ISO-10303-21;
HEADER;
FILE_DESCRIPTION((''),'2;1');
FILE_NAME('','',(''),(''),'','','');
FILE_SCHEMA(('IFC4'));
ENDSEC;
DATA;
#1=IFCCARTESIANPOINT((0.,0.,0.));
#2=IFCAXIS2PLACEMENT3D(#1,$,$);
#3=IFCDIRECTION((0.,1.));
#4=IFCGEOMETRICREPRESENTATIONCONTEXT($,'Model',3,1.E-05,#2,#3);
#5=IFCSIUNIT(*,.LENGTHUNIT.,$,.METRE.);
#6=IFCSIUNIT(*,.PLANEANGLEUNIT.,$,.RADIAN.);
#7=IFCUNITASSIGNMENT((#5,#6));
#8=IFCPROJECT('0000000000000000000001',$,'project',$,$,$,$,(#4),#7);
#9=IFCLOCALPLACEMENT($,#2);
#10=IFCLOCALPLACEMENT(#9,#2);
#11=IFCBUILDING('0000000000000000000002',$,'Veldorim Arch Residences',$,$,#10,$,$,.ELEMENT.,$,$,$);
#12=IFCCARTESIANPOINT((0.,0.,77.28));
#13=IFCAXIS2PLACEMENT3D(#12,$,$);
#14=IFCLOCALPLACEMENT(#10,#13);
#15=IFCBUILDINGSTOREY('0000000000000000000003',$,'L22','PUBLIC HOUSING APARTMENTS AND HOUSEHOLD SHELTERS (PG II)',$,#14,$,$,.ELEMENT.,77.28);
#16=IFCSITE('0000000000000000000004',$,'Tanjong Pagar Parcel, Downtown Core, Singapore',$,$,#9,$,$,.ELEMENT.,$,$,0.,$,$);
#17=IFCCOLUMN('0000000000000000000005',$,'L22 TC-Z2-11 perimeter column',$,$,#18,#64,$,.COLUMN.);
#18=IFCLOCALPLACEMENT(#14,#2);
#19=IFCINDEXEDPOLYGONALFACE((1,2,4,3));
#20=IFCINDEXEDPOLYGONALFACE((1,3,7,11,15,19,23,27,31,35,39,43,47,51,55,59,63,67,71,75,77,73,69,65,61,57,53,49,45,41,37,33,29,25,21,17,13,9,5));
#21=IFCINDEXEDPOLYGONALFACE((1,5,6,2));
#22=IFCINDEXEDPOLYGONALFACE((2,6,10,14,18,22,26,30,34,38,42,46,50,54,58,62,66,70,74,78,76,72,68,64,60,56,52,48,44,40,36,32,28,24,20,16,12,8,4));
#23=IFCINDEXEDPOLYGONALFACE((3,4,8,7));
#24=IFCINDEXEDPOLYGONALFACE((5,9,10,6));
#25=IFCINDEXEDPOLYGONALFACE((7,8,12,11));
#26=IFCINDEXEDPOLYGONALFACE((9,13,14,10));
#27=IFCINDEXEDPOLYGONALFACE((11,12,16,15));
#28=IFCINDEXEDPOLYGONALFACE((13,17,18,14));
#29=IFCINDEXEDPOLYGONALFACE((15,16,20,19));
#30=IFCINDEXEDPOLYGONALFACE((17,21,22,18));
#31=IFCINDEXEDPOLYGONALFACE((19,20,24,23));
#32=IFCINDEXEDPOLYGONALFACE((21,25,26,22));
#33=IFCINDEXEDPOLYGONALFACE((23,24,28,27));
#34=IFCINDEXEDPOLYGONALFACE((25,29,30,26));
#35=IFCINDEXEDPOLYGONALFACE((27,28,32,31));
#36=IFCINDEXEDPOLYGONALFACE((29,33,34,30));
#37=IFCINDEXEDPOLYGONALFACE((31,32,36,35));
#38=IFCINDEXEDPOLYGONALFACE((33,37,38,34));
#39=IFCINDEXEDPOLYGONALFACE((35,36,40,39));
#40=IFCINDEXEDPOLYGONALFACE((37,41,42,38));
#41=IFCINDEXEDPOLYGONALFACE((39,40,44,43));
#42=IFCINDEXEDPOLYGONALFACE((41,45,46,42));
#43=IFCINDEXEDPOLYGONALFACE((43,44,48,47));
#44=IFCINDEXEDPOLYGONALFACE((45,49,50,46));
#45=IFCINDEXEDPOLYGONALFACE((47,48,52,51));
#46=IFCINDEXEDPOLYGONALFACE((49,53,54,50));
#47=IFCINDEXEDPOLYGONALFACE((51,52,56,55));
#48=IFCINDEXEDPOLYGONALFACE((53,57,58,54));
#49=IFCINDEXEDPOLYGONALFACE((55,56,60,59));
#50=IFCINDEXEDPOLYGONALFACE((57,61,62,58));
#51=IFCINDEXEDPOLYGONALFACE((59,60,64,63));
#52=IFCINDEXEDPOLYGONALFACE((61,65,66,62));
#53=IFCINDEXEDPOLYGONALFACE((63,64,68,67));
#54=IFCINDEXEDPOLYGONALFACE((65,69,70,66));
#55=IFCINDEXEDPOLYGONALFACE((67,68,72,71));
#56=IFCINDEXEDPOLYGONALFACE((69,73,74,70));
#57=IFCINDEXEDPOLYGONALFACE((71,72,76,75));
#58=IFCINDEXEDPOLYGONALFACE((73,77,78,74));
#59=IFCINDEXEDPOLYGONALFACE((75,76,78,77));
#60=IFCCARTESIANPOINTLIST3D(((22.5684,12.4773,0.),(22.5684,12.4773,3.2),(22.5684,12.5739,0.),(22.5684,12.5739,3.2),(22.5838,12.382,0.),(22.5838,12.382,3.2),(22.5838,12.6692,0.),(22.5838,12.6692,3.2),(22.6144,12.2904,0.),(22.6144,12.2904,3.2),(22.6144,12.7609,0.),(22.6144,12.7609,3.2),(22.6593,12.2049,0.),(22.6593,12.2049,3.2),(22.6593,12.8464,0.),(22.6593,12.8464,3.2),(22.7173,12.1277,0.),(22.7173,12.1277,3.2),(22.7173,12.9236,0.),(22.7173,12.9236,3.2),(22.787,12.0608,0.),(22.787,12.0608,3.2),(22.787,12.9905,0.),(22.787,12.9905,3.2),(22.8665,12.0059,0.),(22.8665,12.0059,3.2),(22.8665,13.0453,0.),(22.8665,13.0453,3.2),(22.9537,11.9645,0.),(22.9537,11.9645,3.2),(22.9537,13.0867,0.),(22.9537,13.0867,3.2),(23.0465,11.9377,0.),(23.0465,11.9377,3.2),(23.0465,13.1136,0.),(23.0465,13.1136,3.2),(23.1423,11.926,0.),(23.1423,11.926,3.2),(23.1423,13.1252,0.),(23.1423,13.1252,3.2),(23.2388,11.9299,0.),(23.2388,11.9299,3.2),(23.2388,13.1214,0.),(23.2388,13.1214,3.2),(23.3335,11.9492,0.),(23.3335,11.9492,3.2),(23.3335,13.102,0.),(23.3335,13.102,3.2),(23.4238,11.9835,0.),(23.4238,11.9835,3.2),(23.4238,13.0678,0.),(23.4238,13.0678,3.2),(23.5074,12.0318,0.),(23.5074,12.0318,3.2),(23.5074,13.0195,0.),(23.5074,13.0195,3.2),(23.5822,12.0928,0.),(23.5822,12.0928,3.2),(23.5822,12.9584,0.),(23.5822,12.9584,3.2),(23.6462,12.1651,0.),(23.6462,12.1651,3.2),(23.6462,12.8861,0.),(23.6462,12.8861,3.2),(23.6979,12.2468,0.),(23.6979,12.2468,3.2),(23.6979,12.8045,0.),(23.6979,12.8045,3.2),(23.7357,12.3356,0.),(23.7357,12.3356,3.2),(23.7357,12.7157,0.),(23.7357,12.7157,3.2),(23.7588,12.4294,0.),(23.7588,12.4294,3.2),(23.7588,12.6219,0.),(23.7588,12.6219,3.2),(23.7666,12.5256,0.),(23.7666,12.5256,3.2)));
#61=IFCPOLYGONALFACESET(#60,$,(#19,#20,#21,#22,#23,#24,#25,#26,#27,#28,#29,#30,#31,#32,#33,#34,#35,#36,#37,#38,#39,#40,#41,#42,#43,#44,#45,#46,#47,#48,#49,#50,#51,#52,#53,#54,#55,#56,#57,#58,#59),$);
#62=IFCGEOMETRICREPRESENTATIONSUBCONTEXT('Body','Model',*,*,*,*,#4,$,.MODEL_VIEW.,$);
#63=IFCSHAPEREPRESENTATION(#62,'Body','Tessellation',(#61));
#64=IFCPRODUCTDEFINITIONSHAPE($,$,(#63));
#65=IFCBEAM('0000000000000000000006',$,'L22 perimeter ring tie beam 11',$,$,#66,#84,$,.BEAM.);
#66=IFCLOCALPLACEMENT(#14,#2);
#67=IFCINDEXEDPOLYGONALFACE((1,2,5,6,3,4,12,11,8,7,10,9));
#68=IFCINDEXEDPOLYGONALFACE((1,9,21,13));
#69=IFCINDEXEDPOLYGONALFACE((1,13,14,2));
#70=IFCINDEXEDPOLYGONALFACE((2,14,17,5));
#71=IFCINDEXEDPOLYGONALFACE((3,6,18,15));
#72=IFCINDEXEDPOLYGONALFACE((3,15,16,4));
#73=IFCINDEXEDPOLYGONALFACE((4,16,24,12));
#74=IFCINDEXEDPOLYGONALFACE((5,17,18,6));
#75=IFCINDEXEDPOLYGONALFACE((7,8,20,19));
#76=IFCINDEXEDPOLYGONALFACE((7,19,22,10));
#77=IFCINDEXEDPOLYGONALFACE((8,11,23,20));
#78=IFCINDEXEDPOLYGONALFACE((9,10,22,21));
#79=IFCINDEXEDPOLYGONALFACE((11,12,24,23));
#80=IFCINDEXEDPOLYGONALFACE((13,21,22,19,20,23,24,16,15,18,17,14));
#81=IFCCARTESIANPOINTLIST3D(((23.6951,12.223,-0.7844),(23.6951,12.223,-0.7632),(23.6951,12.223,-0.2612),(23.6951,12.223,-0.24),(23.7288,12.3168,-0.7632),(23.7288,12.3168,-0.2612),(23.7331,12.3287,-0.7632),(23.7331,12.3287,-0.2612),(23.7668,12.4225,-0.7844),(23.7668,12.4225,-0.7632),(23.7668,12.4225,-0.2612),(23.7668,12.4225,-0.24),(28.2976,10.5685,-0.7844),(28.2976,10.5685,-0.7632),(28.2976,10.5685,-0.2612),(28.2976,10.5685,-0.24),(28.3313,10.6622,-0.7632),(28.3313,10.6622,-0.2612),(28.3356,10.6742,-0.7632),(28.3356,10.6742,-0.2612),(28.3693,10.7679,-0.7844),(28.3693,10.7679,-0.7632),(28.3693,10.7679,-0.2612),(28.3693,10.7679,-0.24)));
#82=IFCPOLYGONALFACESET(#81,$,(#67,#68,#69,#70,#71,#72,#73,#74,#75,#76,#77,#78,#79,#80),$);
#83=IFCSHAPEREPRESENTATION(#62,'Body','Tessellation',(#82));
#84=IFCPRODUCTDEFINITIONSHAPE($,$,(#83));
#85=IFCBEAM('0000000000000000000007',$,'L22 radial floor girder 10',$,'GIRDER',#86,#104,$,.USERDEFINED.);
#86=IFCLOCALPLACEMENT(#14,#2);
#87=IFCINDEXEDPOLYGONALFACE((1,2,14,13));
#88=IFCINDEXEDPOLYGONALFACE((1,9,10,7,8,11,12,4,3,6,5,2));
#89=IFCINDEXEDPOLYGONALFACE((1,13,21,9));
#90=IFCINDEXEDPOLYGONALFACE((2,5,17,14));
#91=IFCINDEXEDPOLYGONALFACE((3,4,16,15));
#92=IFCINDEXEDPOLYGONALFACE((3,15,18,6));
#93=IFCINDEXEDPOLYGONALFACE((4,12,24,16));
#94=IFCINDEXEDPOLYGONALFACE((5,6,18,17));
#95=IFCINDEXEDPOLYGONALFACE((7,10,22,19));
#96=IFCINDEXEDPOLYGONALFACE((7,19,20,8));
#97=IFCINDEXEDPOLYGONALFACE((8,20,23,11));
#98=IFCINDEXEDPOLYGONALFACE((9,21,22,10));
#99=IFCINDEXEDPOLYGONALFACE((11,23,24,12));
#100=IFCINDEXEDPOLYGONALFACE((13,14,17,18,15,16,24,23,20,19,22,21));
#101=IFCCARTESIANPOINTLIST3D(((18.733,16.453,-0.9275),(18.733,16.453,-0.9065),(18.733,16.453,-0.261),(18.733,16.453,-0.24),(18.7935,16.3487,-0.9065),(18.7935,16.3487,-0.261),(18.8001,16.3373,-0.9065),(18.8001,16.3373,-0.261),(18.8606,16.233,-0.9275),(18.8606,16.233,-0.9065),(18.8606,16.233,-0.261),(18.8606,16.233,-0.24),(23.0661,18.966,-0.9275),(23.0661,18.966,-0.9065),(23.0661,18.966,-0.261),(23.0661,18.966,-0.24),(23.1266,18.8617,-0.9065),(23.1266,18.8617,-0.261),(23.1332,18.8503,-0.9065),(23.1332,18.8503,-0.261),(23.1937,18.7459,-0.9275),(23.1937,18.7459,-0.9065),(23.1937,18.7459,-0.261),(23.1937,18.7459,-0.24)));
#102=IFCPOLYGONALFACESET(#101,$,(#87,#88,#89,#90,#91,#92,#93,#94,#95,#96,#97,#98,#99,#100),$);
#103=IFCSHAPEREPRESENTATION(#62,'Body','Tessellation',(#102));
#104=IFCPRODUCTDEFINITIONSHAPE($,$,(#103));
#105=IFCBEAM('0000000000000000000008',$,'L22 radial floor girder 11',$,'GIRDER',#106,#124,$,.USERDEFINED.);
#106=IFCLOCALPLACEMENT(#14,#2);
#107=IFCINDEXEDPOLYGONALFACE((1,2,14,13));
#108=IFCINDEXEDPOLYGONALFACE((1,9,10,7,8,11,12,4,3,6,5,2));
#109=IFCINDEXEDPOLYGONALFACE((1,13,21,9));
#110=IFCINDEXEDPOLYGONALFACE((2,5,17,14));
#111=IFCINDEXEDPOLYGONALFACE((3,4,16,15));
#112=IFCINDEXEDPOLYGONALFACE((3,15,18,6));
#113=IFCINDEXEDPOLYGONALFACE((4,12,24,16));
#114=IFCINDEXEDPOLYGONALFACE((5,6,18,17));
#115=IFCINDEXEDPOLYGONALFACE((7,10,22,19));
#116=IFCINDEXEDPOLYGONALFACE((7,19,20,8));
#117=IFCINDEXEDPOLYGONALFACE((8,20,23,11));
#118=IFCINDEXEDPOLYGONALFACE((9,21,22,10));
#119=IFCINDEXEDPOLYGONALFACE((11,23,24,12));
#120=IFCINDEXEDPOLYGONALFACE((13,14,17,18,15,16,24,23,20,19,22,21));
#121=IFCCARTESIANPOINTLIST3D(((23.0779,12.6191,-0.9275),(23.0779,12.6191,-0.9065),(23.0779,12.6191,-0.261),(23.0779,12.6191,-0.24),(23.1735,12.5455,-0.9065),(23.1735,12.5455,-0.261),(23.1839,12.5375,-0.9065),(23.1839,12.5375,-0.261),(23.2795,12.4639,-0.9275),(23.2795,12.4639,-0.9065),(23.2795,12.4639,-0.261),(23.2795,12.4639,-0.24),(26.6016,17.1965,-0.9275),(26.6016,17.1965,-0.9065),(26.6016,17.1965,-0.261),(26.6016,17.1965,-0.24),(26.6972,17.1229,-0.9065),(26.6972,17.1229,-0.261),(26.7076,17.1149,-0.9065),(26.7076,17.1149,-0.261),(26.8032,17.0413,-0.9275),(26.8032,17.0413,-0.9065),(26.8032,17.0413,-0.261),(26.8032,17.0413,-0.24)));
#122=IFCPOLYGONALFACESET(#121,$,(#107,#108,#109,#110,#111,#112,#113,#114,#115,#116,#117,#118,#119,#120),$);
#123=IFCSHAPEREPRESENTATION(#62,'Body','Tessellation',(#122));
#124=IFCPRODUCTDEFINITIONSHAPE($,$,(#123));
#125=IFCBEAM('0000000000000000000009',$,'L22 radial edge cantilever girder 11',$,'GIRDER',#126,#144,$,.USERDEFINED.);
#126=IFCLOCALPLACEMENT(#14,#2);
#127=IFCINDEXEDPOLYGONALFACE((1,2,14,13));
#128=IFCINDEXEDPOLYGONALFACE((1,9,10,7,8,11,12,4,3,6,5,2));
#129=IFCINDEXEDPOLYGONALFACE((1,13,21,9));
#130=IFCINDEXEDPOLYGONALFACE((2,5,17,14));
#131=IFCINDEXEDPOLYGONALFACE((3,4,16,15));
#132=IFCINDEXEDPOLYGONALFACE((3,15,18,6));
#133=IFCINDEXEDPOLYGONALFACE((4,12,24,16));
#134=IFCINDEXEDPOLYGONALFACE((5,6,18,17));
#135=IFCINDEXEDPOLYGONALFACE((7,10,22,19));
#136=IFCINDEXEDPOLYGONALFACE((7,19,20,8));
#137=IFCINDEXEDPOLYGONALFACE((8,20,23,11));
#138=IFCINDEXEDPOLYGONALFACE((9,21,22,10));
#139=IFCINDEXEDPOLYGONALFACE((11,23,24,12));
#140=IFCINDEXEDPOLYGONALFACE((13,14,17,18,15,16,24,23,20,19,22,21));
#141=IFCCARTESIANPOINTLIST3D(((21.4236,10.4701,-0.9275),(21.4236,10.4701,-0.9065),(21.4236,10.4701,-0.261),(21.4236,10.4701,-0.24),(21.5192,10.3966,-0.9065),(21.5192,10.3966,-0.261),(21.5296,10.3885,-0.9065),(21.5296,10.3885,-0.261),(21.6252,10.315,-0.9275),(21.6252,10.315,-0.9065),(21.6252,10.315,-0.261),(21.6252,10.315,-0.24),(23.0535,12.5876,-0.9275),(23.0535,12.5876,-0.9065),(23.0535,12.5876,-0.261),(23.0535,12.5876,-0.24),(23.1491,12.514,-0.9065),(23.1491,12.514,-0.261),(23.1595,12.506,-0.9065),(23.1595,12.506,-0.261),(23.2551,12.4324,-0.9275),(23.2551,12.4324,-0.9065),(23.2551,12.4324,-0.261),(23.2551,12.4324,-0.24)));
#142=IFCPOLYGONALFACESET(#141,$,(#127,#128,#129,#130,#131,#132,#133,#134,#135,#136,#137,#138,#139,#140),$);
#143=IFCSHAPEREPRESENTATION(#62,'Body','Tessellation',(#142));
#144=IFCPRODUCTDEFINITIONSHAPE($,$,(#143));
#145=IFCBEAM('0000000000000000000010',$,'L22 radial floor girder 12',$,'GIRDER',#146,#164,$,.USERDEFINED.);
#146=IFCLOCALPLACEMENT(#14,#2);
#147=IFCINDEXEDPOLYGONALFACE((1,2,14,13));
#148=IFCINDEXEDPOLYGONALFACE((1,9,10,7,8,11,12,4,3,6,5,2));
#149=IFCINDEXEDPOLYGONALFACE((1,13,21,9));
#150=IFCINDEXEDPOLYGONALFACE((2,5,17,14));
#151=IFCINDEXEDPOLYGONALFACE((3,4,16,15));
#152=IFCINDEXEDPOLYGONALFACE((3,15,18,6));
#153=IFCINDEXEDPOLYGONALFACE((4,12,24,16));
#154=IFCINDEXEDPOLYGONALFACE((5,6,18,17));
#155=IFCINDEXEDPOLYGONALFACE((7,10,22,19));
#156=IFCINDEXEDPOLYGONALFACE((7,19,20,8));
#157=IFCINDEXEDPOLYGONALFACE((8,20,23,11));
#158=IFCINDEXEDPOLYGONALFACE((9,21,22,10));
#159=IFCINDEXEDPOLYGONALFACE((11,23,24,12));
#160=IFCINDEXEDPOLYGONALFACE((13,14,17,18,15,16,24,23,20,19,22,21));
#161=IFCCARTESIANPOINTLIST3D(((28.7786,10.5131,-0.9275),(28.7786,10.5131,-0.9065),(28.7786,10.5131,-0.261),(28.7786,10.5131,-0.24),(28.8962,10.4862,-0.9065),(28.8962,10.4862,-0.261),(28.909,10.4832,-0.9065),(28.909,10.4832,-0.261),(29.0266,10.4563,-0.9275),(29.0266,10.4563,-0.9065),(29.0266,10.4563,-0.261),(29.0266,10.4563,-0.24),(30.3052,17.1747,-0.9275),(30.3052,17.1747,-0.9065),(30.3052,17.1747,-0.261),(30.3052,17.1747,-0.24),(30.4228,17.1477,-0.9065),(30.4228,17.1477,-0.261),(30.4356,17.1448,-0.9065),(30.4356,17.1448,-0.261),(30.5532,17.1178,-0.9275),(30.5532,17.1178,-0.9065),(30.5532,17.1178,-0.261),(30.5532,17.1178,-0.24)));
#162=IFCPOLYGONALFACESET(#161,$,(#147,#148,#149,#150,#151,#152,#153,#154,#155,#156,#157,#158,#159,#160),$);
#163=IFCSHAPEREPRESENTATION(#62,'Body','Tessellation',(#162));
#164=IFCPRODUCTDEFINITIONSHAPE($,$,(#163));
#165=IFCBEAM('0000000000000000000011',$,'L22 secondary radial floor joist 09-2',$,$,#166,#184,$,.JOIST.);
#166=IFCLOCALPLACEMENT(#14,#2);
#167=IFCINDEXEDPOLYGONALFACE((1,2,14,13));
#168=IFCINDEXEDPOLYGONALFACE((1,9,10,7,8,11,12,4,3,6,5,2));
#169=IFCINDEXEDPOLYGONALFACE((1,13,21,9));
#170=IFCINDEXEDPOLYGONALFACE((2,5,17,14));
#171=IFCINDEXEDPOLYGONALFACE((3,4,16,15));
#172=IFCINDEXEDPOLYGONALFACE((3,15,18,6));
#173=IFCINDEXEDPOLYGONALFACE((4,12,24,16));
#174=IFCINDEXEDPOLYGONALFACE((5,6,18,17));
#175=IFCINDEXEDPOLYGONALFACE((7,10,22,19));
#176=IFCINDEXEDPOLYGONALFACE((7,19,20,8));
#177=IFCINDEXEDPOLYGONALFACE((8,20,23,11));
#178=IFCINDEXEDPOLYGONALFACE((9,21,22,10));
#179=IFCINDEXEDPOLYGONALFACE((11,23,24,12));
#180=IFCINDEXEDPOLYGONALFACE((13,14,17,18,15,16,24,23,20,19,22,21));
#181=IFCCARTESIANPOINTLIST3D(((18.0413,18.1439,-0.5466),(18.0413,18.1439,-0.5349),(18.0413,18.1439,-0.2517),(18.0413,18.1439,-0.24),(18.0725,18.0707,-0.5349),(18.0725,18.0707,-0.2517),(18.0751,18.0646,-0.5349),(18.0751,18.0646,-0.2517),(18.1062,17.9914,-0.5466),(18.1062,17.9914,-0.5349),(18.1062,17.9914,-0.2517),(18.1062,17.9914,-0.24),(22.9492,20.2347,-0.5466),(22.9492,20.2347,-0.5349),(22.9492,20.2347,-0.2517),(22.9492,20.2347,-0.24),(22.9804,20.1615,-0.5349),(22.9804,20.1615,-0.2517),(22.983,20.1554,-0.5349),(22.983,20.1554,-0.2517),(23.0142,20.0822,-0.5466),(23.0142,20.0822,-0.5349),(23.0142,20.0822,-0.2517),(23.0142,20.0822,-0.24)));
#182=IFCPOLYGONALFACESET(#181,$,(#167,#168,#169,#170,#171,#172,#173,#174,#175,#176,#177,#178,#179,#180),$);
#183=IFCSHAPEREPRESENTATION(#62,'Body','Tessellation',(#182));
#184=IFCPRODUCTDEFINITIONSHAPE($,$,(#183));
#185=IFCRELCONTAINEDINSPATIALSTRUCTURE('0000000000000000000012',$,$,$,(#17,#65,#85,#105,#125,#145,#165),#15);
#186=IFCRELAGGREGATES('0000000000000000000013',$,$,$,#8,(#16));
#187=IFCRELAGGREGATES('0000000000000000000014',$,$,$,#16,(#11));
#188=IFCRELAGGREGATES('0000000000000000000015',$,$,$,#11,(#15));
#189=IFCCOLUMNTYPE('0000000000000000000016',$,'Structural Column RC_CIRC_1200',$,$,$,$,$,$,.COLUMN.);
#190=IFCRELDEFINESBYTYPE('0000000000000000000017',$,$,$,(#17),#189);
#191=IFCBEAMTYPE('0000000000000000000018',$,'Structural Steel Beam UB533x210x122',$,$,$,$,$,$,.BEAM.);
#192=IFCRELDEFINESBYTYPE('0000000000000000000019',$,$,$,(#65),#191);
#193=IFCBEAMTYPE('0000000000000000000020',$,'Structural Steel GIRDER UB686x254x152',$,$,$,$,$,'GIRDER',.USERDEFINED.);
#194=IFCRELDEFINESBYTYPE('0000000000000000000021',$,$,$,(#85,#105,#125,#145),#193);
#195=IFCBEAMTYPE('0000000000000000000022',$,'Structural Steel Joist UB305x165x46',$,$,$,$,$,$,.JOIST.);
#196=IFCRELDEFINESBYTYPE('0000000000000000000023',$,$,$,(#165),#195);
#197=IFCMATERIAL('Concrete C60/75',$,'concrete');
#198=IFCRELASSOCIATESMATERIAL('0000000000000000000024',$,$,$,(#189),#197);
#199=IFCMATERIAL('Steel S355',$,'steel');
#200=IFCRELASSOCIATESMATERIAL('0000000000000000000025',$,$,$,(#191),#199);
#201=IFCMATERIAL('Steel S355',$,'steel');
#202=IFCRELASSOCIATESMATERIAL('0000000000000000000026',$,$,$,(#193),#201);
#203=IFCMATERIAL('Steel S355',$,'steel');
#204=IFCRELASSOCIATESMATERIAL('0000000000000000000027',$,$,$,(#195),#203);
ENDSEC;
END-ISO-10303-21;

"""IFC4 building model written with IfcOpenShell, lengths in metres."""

from ifc_helpers import new_model, si_unit, direction, frame, origin, origin_2d, place, context, subcontext, project, spatial, circle, i_section, extrude, material, material_profile, profile_set, type_object, element, save


model = new_model("IFC4")

# Units and contexts
model_context = context("Model", 3, precision=1e-05, world=origin(), true_north=direction((0.0, 1.0)))
body_context = subcontext(model_context, "Body", "Model", "MODEL_VIEW")
ifc_project = project(units=[si_unit("LENGTHUNIT", "METRE"), si_unit("PLANEANGLEUNIT", "RADIAN")], contexts=[model_context])

# Site, building, storey
site_placement = place(None, origin())
site = spatial("IfcSite", under=ifc_project, at=site_placement, Name="Tanjong Pagar Parcel, Downtown Core, Singapore", CompositionType="ELEMENT", RefElevation=0.0)
building_placement = place(site_placement, origin())
building = spatial("IfcBuilding", under=site, at=building_placement, Name="Veldorim Arch Residences", CompositionType="ELEMENT")
storey_placement = place(building_placement, frame((0.0, 0.0, 77.28)))
storey = spatial("IfcBuildingStorey", under=building, at=storey_placement, Name="L22", Description="PUBLIC HOUSING APARTMENTS AND HOUSEHOLD SHELTERS (PG II)", CompositionType="ELEMENT", Elevation=77.28)

# Column
ifc_material_1 = material(Name="Concrete C60/75", Category="concrete")
ifc_material_profile_1 = material_profile(ifc_material_1, circle(Radius=0.6001, at=origin_2d()), Name="RC_CIRC_1200")
ifc_profile_set_1 = profile_set([ifc_material_profile_1], Name="Concrete C60/75")
column_type = type_object("IfcColumnType", Name="Structural Column RC_CIRC_1200", PredefinedType="COLUMN", material=ifc_profile_set_1)
column_placement = place(storey_placement, frame((23.1665, 12.5256, 0.0), z_axis=(0.0, 0.0, 1.0), x_axis=(1.0, 0.0, 0.0)))
element("IfcColumn", 1, at=column_placement, inside=storey, type_object=column_type, Name="L22 TC-Z2-11 perimeter column", PredefinedType="COLUMN", context=body_context, shape_type="SweptSolid", body=[
    extrude(circle(Radius=0.6001, at=origin_2d()), origin(), (0.0, 0.0, 1.0), 3.2),
])

# Beams
ifc_material_2 = material(Name="Steel S355", Category="steel")
ifc_material_profile_2 = material_profile(ifc_material_2, i_section(OverallWidth=0.2119, OverallDepth=0.5444, WebThickness=0.0127, FlangeThickness=0.0212, at=origin_2d()), Name="UB533x210x122")
ifc_profile_set_2 = profile_set([ifc_material_profile_2], Name="Steel S355")
beam_type_1 = type_object("IfcBeamType", Name="Structural Steel Beam UB533x210x122", PredefinedType="BEAM", material=ifc_profile_set_2)
beam_1_placement = place(storey_placement, frame((23.731, 12.3228, -0.5122), z_axis=(0.941042, -0.33829, 0.0), x_axis=(0.33829, 0.941042, 0.0)))
element("IfcBeam", 2, at=beam_1_placement, inside=storey, type_object=beam_type_1, Name="L22 perimeter ring tie beam 11", PredefinedType="BEAM", context=body_context, shape_type="SweptSolid", body=[
    extrude(i_section(OverallWidth=0.2119, OverallDepth=0.5444, WebThickness=0.0127, FlangeThickness=0.0212, at=origin_2d()), origin(), (0.0, 0.0, 1.0), 4.8909),
])
ifc_material_3 = material(Name="Steel S355", Category="steel")
ifc_material_profile_3 = material_profile(ifc_material_3, i_section(OverallWidth=0.2544, OverallDepth=0.6875, WebThickness=0.0132, FlangeThickness=0.021, at=origin_2d()), Name="UB686x254x152")
ifc_profile_set_3 = profile_set([ifc_material_profile_3], Name="Steel S355")
beam_type_2 = type_object("IfcBeamType", Name="Structural Steel GIRDER UB686x254x152", ElementType="GIRDER", PredefinedType="USERDEFINED", material=ifc_profile_set_3)
beam_2_placement = place(storey_placement, frame((23.1299, 18.856, -0.5837), z_axis=(-0.865049, -0.501687, 0.0), x_axis=(0.501687, -0.865049, 0.0)))
element("IfcBeam", 3, at=beam_2_placement, inside=storey, type_object=beam_type_2, Name="L22 radial floor girder 10", ObjectType="GIRDER", PredefinedType="USERDEFINED", context=body_context, shape_type="SweptSolid", body=[
    extrude(i_section(OverallWidth=0.2544, OverallDepth=0.6875, WebThickness=0.0132, FlangeThickness=0.021, at=origin_2d()), origin(), (0.0, 0.0, 1.0), 5.009),
])
beam_3_placement = place(storey_placement, frame((26.7024, 17.1189, -0.5837), z_axis=(-0.609995, -0.792406, 0.0), x_axis=(0.792406, -0.609995, 0.0)))
element("IfcBeam", 4, at=beam_3_placement, inside=storey, type_object=beam_type_2, Name="L22 radial floor girder 11", ObjectType="GIRDER", PredefinedType="USERDEFINED", context=body_context, shape_type="SweptSolid", body=[
    extrude(i_section(OverallWidth=0.2544, OverallDepth=0.6875, WebThickness=0.0132, FlangeThickness=0.021, at=origin_2d()), origin(), (0.0, 0.0, 1.0), 5.7766),
])
beam_4_placement = place(storey_placement, frame((23.1543, 12.51, -0.5837), z_axis=(-0.609967, -0.792427, 0.0), x_axis=(0.792427, -0.609967, 0.0)))
element("IfcBeam", 5, at=beam_4_placement, inside=storey, type_object=beam_type_2, Name="L22 radial edge cantilever girder 11", ObjectType="GIRDER", PredefinedType="USERDEFINED", context=body_context, shape_type="SweptSolid", body=[
    extrude(i_section(OverallWidth=0.2544, OverallDepth=0.6875, WebThickness=0.0132, FlangeThickness=0.021, at=origin_2d()), origin(), (0.0, 0.0, 1.0), 2.6721),
])
beam_5_placement = place(storey_placement, frame((30.4292, 17.1462, -0.5837), z_axis=(-0.223375, -0.974733, 0.0), x_axis=(0.974733, -0.223375, 0.0)))
element("IfcBeam", 6, at=beam_5_placement, inside=storey, type_object=beam_type_2, Name="L22 radial floor girder 12", ObjectType="GIRDER", PredefinedType="USERDEFINED", context=body_context, shape_type="SweptSolid", body=[
    extrude(i_section(OverallWidth=0.2544, OverallDepth=0.6875, WebThickness=0.0132, FlangeThickness=0.021, at=origin_2d()), origin(), (0.0, 0.0, 1.0), 6.8342),
])
ifc_material_4 = material(Name="Steel S355", Category="steel")
ifc_material_profile_4 = material_profile(ifc_material_4, i_section(OverallWidth=0.1658, OverallDepth=0.3066, WebThickness=0.0066, FlangeThickness=0.0117, at=origin_2d()), Name="UB305x165x46")
ifc_profile_set_4 = profile_set([ifc_material_profile_4], Name="Steel S355")
beam_type_3 = type_object("IfcBeamType", Name="Structural Steel Joist UB305x165x46", PredefinedType="JOIST", material=ifc_profile_set_4)
beam_6_placement = place(storey_placement, frame((22.9817, 20.1584, -0.3933), z_axis=(-0.919997, -0.391924, 0.0), x_axis=(0.391924, -0.919997, 0.0)))
element("IfcBeam", 7, at=beam_6_placement, inside=storey, type_object=beam_type_3, Name="L22 secondary radial floor joist 09-2", PredefinedType="JOIST", context=body_context, shape_type="SweptSolid", body=[
    extrude(i_section(OverallWidth=0.1658, OverallDepth=0.3066, WebThickness=0.0066, FlangeThickness=0.0117, at=origin_2d()), origin(), (0.0, 0.0, 1.0), 5.3347),
])

save(model, "model.ifc")
